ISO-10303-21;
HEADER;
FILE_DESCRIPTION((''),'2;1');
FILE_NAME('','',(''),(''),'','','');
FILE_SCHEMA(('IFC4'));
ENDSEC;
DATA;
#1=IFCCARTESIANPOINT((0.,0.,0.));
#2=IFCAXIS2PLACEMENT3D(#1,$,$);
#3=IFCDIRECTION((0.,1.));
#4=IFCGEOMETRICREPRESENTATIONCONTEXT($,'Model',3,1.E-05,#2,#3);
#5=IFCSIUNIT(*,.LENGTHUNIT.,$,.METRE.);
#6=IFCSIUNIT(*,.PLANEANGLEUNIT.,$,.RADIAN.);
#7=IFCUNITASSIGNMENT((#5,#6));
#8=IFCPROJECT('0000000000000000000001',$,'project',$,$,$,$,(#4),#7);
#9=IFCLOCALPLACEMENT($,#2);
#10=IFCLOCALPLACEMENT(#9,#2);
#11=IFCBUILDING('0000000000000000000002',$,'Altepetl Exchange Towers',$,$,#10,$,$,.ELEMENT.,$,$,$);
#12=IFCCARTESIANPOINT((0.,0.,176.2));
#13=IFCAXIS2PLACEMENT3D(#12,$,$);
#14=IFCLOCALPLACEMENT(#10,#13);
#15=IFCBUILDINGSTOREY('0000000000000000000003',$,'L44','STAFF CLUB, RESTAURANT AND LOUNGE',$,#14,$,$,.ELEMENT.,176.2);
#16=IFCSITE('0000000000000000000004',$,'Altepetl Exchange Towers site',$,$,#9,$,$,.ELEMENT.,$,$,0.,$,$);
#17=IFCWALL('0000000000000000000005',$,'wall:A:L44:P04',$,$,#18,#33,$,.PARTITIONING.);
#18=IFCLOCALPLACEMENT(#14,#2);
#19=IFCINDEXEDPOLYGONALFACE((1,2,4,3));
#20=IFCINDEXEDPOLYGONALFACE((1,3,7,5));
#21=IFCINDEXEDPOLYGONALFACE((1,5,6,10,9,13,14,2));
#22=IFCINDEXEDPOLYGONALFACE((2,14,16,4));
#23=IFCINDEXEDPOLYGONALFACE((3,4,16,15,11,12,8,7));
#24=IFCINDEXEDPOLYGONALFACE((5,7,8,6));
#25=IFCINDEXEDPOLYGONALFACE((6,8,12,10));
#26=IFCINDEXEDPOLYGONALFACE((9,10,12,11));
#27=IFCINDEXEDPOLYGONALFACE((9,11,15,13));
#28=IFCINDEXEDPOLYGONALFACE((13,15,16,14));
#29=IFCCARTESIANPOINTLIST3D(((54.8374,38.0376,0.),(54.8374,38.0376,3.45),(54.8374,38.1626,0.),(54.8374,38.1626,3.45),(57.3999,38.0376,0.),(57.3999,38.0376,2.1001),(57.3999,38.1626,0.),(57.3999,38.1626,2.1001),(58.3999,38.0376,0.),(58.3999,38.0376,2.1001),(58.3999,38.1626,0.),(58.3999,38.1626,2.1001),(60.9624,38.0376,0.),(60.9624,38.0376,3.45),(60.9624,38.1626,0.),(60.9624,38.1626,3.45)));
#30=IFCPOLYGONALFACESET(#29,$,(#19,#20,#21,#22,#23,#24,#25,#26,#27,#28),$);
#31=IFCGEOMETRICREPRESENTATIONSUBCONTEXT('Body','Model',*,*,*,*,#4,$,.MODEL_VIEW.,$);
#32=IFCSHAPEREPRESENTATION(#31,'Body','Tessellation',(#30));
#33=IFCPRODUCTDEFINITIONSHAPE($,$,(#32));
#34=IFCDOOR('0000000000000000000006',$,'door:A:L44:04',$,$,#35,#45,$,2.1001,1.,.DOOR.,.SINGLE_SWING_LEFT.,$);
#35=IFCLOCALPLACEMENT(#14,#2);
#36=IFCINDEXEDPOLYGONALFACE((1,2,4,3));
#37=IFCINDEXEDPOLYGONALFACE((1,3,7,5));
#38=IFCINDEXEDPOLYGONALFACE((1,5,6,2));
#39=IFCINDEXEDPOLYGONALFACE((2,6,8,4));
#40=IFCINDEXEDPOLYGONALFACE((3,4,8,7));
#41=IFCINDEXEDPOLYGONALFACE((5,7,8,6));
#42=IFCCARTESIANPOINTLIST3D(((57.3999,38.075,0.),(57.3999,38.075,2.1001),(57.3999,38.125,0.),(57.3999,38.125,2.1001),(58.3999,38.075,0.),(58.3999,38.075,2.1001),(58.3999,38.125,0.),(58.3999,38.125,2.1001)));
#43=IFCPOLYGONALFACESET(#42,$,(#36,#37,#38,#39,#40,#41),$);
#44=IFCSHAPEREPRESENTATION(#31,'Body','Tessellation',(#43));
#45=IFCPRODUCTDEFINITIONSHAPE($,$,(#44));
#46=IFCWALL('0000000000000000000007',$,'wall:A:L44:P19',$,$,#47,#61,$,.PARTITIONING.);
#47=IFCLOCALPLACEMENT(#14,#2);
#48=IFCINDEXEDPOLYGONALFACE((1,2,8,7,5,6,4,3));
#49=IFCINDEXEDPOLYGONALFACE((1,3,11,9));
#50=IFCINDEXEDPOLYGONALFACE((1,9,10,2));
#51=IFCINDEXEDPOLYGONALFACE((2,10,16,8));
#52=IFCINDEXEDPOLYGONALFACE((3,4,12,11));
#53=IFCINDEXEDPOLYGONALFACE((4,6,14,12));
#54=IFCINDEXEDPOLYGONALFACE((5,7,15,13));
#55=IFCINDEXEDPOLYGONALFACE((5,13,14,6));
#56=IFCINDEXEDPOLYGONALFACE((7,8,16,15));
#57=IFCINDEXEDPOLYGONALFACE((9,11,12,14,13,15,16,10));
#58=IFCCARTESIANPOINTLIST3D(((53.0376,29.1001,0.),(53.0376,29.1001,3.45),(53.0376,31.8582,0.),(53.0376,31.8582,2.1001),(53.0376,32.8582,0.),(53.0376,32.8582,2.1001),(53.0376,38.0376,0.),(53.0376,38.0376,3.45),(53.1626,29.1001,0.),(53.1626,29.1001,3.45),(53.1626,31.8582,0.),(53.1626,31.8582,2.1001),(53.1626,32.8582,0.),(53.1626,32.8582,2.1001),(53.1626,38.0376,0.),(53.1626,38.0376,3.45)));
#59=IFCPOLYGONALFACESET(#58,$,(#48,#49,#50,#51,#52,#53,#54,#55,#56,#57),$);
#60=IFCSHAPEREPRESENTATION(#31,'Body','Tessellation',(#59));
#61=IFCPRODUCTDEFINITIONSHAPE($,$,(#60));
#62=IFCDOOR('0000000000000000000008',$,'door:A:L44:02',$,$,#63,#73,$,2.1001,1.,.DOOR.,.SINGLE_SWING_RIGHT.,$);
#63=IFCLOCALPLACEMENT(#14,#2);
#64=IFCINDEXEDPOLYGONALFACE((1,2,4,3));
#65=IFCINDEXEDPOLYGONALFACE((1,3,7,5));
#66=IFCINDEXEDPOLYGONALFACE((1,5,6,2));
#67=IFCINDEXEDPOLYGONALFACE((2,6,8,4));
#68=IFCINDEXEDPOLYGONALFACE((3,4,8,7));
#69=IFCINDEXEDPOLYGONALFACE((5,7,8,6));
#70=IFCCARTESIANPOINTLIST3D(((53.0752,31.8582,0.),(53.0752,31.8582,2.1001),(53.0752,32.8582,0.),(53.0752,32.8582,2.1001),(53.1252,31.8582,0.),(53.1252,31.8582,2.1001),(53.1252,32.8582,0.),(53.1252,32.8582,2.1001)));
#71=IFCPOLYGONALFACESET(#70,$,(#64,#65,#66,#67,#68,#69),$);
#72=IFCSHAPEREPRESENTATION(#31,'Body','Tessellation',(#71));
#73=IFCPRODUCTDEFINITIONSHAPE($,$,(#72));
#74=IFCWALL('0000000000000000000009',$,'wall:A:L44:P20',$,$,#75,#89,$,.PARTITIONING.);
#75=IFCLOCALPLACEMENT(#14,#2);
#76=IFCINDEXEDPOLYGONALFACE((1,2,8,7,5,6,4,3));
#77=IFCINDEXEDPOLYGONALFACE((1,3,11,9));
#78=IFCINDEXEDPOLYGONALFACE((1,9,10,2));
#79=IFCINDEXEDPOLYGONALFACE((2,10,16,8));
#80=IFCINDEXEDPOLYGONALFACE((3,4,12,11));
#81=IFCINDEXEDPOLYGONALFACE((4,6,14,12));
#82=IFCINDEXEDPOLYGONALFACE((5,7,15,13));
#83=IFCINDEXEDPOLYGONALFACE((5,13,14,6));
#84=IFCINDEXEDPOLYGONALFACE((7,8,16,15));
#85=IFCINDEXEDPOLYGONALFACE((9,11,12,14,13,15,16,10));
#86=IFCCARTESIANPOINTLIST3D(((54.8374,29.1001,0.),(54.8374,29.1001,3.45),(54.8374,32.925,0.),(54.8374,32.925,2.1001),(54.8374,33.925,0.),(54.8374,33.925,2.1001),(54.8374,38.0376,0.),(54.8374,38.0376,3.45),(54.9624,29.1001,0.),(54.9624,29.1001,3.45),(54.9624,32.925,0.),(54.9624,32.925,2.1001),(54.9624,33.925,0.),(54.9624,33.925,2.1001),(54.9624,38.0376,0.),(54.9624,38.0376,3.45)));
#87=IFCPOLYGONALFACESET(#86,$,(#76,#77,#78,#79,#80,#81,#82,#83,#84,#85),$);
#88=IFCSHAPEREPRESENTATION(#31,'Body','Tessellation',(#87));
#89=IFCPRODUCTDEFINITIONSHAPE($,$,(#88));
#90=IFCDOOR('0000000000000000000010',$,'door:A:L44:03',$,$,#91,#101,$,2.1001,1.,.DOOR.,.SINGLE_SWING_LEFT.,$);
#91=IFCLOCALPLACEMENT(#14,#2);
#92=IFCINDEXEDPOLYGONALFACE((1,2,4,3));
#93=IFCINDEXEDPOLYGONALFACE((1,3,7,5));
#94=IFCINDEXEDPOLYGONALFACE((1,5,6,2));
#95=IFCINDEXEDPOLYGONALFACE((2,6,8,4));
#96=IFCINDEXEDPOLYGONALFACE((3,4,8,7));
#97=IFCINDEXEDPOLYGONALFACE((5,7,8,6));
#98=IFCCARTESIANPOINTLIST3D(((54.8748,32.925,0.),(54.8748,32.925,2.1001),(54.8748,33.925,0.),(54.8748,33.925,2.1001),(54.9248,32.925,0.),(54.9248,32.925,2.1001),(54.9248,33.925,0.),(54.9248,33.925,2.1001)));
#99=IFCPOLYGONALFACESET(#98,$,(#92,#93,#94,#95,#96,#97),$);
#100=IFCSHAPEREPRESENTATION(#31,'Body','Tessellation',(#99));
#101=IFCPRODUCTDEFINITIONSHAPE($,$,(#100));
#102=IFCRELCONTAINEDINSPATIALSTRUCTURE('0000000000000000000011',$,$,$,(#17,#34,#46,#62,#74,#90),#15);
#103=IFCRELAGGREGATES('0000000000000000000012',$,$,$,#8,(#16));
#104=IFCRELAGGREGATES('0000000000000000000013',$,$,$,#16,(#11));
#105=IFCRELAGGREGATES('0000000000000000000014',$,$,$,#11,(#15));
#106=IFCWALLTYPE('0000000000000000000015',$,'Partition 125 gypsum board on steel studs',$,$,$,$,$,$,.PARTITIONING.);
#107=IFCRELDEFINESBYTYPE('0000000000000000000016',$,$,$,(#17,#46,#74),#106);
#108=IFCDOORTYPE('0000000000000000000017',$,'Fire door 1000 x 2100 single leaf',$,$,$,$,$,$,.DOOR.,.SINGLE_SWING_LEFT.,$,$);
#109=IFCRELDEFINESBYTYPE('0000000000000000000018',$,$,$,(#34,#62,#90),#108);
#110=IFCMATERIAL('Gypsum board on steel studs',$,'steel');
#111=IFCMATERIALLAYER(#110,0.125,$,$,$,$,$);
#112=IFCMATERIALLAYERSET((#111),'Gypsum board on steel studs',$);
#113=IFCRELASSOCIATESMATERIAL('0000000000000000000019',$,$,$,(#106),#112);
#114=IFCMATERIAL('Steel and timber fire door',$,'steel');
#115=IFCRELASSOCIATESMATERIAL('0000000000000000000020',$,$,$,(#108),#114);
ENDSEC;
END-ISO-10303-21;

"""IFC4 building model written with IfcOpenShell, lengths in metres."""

from ifc_helpers import new_model, si_unit, direction, frame, frame_2d, origin, place, context, subcontext, project, spatial, rectangle, extrude, material, layer, layer_set, type_object, element, fill, save


model = new_model("IFC4")

# Units and contexts
model_context = context("Model", 3, precision=1e-05, world=origin(), true_north=direction((0.0, 1.0)))
body_context = subcontext(model_context, "Body", "Model", "MODEL_VIEW")
ifc_project = project(units=[si_unit("LENGTHUNIT", "METRE"), si_unit("PLANEANGLEUNIT", "RADIAN")], contexts=[model_context])

# Site, building, storey
site_placement = place(None, origin())
site = spatial("IfcSite", under=ifc_project, at=site_placement, Name="Altepetl Exchange Towers site", CompositionType="ELEMENT", RefElevation=0.0)
building_placement = place(site_placement, origin())
building = spatial("IfcBuilding", under=site, at=building_placement, Name="Altepetl Exchange Towers", CompositionType="ELEMENT")
storey_placement = place(building_placement, frame((0.0, 0.0, 176.2)))
storey = spatial("IfcBuildingStorey", under=building, at=storey_placement, Name="L44", Description="STAFF CLUB, RESTAURANT AND LOUNGE", CompositionType="ELEMENT", Elevation=176.2)

# Shared definitions
ifc_material_1 = material(Name="Gypsum board on steel studs", Category="steel")
ifc_layer_1 = layer(ifc_material_1, 0.125)
ifc_layer_set_1 = layer_set([ifc_layer_1], Name="Gypsum board on steel studs")
wall_type = type_object("IfcWallType", Name="Partition 125 gypsum board on steel studs", PredefinedType="PARTITIONING", material=ifc_layer_set_1)

# Walls, openings, doors
wall_1_placement = place(storey_placement, frame((54.8374, 38.1001, 0.0)))
wall_1 = element("IfcWall", 1, at=wall_1_placement, inside=storey, type_object=wall_type, Name="wall:A:L44:P04", PredefinedType="PARTITIONING", context=body_context, shape_type="SweptSolid", body=[
    extrude(rectangle(XDim=6.125, YDim=0.125, at=frame_2d((3.0625, 0.0))), origin(), (0.0, 0.0, 1.0), 3.45),
])
opening_1_placement = place(wall_1_placement, frame((2.5625, 0.0, 0.0)))
opening_1 = element("IfcOpeningElement", 2, at=opening_1_placement, cuts=wall_1, PredefinedType="OPENING", context=body_context, shape_type="SweptSolid", body=[
    extrude(rectangle(XDim=1.0, YDim=2.1001, at=frame_2d((0.5, 1.05))), frame((0.0, 0.0725, 0.0), z_axis=(0.0, -1.0, 0.0), x_axis=(1.0, 0.0, 0.0)), (0.0, 0.0, 1.0), 0.145),
])
ifc_material_2 = material(Name="Steel and timber fire door", Category="steel")
door_type = type_object("IfcDoorType", Name="Fire door 1000 x 2100 single leaf", OperationType="SINGLE_SWING_LEFT", PredefinedType="DOOR", material=ifc_material_2)
door_1_placement = place(opening_1_placement, origin())
door_1 = element("IfcDoor", 3, at=door_1_placement, inside=storey, type_object=door_type, Name="door:A:L44:04", OperationType="SINGLE_SWING_LEFT", OverallHeight=2.1001, OverallWidth=1.0, PredefinedType="DOOR", context=body_context, shape_type="SweptSolid", body=[
    extrude(rectangle(XDim=1.0, YDim=2.1001, at=frame_2d((0.5, 1.05))), frame((0.0, 0.0249, 0.0), z_axis=(0.0, -1.0, 0.0), x_axis=(1.0, 0.0, 0.0)), (0.0, 0.0, 1.0), 0.05),
])
fill(opening_1, door_1)
wall_2_placement = place(storey_placement, frame((53.1001, 29.1001, 0.0), z_axis=(0.0, 0.0, 1.0), x_axis=(0.0, 1.0, 0.0)))
wall_2 = element("IfcWall", 4, at=wall_2_placement, inside=storey, type_object=wall_type, Name="wall:A:L44:P19", PredefinedType="PARTITIONING", context=body_context, shape_type="SweptSolid", body=[
    extrude(rectangle(XDim=8.9375, YDim=0.125, at=frame_2d((4.4688, 0.0))), origin(), (0.0, 0.0, 1.0), 3.45),
])
opening_2_placement = place(wall_2_placement, frame((2.7581, 0.0, 0.0)))
opening_2 = element("IfcOpeningElement", 5, at=opening_2_placement, cuts=wall_2, PredefinedType="OPENING", context=body_context, shape_type="SweptSolid", body=[
    extrude(rectangle(XDim=1.0, YDim=2.1001, at=frame_2d((0.5, 1.05))), frame((0.0, 0.0725, 0.0), z_axis=(0.0, -1.0, 0.0), x_axis=(1.0, 0.0, 0.0)), (0.0, 0.0, 1.0), 0.145),
])
door_2_placement = place(opening_2_placement, origin())
door_2 = element("IfcDoor", 6, at=door_2_placement, inside=storey, type_object=door_type, Name="door:A:L44:02", OperationType="SINGLE_SWING_RIGHT", OverallHeight=2.1001, OverallWidth=1.0, PredefinedType="DOOR", context=body_context, shape_type="SweptSolid", body=[
    extrude(rectangle(XDim=1.0, YDim=2.1001, at=frame_2d((0.5, 1.05))), frame((0.0, 0.0249, 0.0), z_axis=(0.0, -1.0, 0.0), x_axis=(1.0, 0.0, 0.0)), (0.0, 0.0, 1.0), 0.05),
])
fill(opening_2, door_2)
wall_3_placement = place(storey_placement, frame((54.8999, 29.1001, 0.0), z_axis=(0.0, 0.0, 1.0), x_axis=(0.0, 1.0, 0.0)))
wall_3 = element("IfcWall", 7, at=wall_3_placement, inside=storey, type_object=wall_type, Name="wall:A:L44:P20", PredefinedType="PARTITIONING", context=body_context, shape_type="SweptSolid", body=[
    extrude(rectangle(XDim=8.9375, YDim=0.125, at=frame_2d((4.4688, 0.0))), origin(), (0.0, 0.0, 1.0), 3.45),
])
opening_3_placement = place(wall_3_placement, frame((3.825, 0.0, 0.0)))
opening_3 = element("IfcOpeningElement", 8, at=opening_3_placement, cuts=wall_3, PredefinedType="OPENING", context=body_context, shape_type="SweptSolid", body=[
    extrude(rectangle(XDim=1.0, YDim=2.1001, at=frame_2d((0.5, 1.05))), frame((0.0, 0.0725, 0.0), z_axis=(0.0, -1.0, 0.0), x_axis=(1.0, 0.0, 0.0)), (0.0, 0.0, 1.0), 0.145),
])
door_3_placement = place(opening_3_placement, frame((1.0, 0.0, 0.0), x_axis=(-1.0, 0.0, 0.0)))
door_3 = element("IfcDoor", 9, at=door_3_placement, inside=storey, type_object=door_type, Name="door:A:L44:03", OperationType="SINGLE_SWING_LEFT", OverallHeight=2.1001, OverallWidth=1.0, PredefinedType="DOOR", context=body_context, shape_type="SweptSolid", body=[
    extrude(rectangle(XDim=1.0, YDim=2.1001, at=frame_2d((0.5, 1.05))), frame((0.0, 0.0249, 0.0), z_axis=(0.0, -1.0, 0.0), x_axis=(1.0, 0.0, 0.0)), (0.0, 0.0, 1.0), 0.05),
])
fill(opening_3, door_3)

save(model, "model.ifc")
